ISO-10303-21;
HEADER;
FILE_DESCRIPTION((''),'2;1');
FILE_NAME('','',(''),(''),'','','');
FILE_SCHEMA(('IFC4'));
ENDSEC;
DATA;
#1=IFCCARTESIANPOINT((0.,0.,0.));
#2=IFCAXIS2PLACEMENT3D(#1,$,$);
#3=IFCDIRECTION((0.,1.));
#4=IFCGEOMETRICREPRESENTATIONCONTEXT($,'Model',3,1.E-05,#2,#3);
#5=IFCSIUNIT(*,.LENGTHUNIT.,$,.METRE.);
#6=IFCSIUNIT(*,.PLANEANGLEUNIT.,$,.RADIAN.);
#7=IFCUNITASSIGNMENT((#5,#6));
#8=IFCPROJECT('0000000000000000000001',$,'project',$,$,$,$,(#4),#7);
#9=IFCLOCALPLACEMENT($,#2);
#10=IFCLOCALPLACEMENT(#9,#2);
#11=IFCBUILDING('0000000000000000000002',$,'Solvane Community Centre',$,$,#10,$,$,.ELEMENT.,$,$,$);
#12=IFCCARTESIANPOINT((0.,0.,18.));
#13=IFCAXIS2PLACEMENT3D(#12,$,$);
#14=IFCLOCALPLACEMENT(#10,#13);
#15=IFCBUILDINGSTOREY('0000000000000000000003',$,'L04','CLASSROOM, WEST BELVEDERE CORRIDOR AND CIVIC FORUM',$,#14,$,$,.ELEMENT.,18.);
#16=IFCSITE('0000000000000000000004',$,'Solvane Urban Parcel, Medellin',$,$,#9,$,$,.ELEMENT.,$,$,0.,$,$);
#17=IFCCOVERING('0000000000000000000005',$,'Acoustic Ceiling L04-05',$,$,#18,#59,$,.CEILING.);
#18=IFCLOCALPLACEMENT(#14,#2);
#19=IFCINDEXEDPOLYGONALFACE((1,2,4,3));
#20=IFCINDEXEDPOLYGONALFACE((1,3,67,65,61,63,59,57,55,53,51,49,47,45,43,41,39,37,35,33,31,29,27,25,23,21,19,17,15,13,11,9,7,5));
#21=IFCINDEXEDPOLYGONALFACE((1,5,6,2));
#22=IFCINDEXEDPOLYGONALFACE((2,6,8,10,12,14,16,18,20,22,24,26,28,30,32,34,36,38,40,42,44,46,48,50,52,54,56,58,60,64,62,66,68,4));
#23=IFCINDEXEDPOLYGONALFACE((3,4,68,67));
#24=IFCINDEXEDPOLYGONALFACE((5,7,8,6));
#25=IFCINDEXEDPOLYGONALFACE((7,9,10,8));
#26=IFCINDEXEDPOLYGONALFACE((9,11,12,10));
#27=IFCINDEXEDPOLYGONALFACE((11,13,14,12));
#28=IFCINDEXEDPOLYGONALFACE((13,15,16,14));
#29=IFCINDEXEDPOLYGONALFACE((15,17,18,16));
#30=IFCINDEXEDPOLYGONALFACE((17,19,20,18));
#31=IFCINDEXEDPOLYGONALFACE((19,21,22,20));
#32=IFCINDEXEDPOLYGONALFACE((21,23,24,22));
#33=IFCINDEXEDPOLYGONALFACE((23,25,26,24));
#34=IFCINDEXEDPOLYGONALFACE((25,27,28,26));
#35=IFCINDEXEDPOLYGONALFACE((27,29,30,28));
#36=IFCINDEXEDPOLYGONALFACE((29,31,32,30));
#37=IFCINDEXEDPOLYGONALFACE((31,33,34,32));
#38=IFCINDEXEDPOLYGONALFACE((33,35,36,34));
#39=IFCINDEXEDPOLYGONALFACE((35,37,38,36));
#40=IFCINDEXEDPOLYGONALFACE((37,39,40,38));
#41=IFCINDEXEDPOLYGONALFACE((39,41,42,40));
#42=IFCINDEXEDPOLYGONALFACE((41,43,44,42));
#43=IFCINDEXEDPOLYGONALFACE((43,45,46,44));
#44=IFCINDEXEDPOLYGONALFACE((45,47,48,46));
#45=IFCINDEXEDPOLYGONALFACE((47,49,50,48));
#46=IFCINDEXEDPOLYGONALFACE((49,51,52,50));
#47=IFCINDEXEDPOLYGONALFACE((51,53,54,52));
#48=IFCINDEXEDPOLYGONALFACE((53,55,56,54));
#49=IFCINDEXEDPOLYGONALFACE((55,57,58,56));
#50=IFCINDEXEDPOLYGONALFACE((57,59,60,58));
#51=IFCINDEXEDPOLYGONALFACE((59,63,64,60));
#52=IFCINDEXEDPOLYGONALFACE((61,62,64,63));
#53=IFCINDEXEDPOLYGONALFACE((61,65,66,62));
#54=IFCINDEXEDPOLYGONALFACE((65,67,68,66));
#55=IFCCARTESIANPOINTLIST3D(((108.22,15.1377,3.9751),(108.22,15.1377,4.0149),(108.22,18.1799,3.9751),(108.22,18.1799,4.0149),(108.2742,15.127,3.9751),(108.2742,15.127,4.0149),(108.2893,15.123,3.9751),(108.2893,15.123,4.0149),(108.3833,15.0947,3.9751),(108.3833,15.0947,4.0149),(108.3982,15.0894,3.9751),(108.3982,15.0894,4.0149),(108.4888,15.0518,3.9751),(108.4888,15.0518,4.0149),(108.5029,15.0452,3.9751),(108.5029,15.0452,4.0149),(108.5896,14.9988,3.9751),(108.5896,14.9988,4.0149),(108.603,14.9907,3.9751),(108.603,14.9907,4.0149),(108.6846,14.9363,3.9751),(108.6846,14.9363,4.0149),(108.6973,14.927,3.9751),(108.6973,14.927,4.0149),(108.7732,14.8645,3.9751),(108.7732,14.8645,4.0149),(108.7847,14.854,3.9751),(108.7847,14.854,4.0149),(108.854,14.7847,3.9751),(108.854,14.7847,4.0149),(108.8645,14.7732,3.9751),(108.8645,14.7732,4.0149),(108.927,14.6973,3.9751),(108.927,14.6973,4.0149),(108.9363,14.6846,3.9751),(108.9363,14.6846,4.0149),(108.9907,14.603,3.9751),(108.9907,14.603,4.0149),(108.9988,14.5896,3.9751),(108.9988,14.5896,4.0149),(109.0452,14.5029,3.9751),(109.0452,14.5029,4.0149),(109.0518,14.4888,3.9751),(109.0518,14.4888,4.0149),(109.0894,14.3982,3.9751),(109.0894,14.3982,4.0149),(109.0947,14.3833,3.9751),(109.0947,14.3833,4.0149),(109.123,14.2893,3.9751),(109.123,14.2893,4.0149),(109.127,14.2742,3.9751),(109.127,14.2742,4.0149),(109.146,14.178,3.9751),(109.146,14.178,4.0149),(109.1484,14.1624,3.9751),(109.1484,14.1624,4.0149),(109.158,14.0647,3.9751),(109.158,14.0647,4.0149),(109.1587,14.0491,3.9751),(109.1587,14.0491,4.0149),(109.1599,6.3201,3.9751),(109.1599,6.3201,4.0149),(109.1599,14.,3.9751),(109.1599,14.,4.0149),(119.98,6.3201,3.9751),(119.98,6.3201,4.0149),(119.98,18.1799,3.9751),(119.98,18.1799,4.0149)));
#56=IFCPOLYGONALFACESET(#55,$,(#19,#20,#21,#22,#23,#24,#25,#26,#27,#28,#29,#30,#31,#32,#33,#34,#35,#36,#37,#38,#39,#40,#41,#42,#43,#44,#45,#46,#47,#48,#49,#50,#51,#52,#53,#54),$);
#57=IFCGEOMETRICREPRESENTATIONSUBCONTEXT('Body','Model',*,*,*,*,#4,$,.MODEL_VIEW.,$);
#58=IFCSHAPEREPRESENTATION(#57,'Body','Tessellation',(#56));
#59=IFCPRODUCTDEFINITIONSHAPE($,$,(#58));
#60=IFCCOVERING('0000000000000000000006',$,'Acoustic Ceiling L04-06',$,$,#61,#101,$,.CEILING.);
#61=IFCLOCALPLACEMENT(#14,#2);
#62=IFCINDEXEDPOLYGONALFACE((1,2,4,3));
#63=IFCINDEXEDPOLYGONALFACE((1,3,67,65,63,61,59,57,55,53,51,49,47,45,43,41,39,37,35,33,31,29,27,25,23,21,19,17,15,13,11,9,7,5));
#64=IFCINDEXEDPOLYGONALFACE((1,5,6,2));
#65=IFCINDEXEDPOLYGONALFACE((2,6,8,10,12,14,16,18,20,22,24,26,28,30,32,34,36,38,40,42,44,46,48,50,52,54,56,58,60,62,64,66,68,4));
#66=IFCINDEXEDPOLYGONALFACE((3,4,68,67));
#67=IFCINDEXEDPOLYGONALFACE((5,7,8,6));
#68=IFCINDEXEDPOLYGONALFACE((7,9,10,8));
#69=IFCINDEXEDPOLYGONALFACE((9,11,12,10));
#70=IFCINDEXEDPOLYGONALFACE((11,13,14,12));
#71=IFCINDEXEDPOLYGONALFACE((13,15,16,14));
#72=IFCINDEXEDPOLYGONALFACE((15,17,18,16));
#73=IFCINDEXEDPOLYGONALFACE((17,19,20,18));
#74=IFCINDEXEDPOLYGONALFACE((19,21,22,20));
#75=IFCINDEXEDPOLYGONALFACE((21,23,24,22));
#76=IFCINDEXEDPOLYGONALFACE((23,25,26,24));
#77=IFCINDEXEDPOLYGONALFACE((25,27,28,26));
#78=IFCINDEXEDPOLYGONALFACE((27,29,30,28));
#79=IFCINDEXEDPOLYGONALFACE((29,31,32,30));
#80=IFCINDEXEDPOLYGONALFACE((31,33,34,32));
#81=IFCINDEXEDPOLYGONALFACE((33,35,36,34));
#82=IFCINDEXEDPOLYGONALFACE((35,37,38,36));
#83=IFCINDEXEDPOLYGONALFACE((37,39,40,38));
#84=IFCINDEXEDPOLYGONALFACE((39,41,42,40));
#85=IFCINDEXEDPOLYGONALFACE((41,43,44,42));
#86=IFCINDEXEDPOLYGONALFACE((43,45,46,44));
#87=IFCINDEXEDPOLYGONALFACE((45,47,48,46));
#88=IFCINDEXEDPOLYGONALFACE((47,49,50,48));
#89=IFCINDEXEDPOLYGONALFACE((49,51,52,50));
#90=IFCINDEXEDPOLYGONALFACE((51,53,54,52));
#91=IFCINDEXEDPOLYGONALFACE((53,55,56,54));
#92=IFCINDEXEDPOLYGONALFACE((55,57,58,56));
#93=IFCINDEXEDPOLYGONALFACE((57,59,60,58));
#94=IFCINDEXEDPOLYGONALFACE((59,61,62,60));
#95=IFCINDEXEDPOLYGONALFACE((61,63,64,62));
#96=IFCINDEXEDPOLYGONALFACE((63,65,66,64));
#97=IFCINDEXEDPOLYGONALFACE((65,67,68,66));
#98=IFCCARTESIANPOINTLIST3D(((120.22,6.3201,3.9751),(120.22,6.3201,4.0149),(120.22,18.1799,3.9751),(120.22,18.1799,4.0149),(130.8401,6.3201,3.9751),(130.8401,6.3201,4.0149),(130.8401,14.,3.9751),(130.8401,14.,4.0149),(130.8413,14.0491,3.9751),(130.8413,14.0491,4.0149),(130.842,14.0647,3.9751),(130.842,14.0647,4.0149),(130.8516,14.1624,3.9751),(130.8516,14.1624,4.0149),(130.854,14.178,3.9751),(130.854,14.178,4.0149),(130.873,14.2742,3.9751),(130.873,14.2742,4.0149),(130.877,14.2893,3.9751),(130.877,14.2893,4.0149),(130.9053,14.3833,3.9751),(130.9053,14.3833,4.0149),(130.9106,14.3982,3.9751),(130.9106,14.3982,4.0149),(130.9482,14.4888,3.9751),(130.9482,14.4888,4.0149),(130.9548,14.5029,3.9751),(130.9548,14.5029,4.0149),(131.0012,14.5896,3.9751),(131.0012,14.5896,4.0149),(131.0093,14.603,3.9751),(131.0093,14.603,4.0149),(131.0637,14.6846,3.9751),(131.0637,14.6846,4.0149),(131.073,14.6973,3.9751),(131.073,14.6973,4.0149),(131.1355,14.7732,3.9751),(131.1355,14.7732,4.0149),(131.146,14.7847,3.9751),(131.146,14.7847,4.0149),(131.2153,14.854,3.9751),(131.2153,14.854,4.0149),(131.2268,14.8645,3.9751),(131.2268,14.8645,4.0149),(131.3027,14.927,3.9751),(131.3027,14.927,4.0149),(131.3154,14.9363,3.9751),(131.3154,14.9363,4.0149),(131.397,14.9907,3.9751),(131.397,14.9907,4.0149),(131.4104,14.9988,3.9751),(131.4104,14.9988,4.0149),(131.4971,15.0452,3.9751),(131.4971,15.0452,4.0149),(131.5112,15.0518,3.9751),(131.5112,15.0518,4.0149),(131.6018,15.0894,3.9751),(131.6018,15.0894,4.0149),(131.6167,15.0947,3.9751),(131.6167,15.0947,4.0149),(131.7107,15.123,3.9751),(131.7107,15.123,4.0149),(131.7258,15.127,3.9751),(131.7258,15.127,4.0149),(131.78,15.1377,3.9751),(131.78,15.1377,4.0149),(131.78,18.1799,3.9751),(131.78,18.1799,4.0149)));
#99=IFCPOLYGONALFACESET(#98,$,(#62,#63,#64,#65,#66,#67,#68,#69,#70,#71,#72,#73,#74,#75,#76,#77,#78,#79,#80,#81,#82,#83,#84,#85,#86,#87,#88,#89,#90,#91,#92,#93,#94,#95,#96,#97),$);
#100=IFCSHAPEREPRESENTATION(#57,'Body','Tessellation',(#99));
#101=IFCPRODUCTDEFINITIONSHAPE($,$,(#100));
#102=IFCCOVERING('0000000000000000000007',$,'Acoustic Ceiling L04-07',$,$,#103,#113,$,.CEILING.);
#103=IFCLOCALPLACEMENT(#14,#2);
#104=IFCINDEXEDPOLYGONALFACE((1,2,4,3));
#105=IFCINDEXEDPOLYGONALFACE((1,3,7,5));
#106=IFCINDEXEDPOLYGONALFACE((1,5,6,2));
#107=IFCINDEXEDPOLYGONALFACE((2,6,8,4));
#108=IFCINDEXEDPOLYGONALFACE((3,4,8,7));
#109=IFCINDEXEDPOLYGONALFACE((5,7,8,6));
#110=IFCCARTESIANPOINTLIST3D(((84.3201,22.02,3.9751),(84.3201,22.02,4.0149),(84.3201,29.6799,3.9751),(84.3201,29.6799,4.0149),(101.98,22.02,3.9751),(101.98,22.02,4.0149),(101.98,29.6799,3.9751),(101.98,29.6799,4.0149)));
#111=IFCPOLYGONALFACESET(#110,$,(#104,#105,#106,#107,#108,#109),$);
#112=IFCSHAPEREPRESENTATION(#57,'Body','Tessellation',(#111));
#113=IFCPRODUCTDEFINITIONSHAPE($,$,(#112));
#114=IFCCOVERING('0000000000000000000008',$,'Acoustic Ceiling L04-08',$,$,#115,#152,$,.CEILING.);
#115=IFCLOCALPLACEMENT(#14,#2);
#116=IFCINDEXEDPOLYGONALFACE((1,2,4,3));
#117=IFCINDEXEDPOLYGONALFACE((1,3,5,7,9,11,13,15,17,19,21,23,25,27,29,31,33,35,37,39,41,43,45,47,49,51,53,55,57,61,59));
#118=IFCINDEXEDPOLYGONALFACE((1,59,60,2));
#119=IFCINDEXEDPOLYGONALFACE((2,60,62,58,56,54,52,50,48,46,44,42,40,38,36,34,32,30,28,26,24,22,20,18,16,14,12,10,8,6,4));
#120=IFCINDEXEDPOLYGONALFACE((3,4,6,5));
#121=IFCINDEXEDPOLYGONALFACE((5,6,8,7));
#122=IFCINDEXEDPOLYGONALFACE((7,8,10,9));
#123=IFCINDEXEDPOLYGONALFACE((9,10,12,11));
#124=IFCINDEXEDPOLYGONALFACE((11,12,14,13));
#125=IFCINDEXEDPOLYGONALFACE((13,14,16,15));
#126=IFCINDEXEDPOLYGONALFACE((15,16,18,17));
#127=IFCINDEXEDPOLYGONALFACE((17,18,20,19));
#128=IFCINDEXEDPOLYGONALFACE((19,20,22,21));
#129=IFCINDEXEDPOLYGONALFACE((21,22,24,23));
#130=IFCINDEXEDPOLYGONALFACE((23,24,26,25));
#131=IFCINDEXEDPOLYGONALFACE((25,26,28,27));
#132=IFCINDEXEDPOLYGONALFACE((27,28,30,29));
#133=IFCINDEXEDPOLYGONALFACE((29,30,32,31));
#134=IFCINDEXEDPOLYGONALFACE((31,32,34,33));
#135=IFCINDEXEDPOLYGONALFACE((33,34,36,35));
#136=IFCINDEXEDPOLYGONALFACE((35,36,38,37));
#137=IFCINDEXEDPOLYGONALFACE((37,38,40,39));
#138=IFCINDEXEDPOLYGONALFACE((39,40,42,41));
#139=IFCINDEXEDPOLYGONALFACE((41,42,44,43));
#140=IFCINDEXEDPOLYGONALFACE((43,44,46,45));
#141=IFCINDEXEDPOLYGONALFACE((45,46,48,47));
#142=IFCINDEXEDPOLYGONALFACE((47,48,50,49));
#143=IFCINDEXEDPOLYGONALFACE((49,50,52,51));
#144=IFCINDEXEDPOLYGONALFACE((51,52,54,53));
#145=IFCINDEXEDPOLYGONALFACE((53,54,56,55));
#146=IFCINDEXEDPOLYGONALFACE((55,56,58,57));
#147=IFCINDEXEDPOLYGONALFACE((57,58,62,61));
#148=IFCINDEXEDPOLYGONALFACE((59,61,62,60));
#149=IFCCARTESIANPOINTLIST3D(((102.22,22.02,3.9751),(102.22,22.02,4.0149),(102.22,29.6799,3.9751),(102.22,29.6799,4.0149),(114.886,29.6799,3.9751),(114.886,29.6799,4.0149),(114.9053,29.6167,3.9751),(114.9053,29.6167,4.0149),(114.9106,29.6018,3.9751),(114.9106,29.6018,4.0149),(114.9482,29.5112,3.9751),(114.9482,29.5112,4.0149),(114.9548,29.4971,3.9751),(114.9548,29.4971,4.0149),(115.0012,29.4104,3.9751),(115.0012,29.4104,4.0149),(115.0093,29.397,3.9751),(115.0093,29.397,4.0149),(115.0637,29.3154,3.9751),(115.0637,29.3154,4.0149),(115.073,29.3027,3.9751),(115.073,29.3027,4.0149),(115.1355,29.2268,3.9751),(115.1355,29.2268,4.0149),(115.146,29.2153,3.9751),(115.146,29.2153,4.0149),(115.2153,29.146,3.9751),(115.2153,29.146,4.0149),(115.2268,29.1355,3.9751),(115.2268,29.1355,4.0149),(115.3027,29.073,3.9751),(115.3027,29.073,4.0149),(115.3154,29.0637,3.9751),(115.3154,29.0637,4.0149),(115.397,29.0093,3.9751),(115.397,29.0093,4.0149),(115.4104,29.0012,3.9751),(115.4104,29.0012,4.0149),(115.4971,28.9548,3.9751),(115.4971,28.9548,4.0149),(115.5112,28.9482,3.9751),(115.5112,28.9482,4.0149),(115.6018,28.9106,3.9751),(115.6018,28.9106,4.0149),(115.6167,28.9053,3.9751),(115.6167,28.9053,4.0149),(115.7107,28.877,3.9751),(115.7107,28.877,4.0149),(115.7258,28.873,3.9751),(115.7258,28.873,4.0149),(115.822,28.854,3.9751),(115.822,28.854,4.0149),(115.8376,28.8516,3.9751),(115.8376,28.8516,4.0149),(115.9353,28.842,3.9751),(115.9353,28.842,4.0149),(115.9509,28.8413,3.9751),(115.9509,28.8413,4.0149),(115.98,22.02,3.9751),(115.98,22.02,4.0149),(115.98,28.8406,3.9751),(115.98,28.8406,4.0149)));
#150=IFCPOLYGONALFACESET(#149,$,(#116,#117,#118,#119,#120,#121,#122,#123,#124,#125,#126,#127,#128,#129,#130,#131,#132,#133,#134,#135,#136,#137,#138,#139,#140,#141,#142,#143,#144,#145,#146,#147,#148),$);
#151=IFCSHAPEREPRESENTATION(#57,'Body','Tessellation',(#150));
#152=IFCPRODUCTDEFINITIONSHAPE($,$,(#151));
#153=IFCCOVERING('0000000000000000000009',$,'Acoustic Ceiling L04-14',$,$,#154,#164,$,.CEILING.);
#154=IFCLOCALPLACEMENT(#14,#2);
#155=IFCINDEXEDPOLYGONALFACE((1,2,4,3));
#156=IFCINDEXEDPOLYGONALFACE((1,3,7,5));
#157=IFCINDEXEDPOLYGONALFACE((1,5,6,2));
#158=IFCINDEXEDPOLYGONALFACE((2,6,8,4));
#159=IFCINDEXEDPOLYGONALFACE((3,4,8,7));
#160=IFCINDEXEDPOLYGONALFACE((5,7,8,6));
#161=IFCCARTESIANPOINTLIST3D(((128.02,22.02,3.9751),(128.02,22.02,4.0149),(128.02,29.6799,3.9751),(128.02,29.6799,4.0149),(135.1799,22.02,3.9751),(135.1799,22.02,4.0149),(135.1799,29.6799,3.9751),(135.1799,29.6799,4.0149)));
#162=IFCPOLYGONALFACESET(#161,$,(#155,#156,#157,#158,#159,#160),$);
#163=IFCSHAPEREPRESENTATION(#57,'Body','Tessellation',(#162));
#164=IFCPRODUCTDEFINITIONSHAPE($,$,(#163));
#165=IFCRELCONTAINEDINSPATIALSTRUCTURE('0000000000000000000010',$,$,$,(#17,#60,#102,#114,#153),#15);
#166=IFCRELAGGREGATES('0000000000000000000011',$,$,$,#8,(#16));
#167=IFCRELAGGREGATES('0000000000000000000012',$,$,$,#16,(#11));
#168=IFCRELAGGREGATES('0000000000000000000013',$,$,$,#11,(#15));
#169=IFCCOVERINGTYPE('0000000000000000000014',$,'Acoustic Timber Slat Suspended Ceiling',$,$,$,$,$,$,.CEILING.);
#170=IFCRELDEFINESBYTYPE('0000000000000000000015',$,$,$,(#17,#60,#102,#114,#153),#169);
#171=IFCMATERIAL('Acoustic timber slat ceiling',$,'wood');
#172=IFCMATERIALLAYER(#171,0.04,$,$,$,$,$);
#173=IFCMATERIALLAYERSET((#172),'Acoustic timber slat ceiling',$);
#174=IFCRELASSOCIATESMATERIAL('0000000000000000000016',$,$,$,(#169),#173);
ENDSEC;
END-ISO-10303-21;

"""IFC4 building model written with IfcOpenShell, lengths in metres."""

from ifc_helpers import new_model, si_unit, direction, frame, origin, place, context, subcontext, project, spatial, polyline, outline, extrude, material, layer, layer_set, type_object, element, save


model = new_model("IFC4")

# Units and contexts
model_context = context("Model", 3, precision=1e-05, world=origin(), true_north=direction((0.0, 1.0)))
body_context = subcontext(model_context, "Body", "Model", "MODEL_VIEW")
ifc_project = project(units=[si_unit("LENGTHUNIT", "METRE"), si_unit("PLANEANGLEUNIT", "RADIAN")], contexts=[model_context])

# Site, building, storey
site_placement = place(None, origin())
site = spatial("IfcSite", under=ifc_project, at=site_placement, Name="Solvane Urban Parcel, Medellin", CompositionType="ELEMENT", RefElevation=0.0)
building_placement = place(site_placement, origin())
building = spatial("IfcBuilding", under=site, at=building_placement, Name="Solvane Community Centre", CompositionType="ELEMENT")
storey_placement = place(building_placement, frame((0.0, 0.0, 18.0)))
storey = spatial("IfcBuildingStorey", under=building, at=storey_placement, Name="L04", Description="CLASSROOM, WEST BELVEDERE CORRIDOR AND CIVIC FORUM", CompositionType="ELEMENT", Elevation=18.0)

# Coverings
ifc_material_1 = material(Name="Acoustic timber slat ceiling", Category="wood")
ifc_layer_1 = layer(ifc_material_1, 0.04)
ifc_layer_set_1 = layer_set([ifc_layer_1], Name="Acoustic timber slat ceiling")
covering_type = type_object("IfcCoveringType", Name="Acoustic Timber Slat Suspended Ceiling", PredefinedType="CEILING", material=ifc_layer_set_1)
covering_1_placement = place(storey_placement, frame((0.0, 0.0, 3.9751)))
element("IfcCovering", 1, at=covering_1_placement, inside=storey, type_object=covering_type, Name="Acoustic Ceiling L04-05", PredefinedType="CEILING", context=body_context, shape_type="SweptSolid", body=[
    extrude(outline(polyline([(108.22, 18.1799), (119.98, 18.1799), (119.98, 6.3201), (109.1599, 6.3201), (109.1599, 14.0), (109.1587, 14.0491), (109.158, 14.0647), (109.1484, 14.1624), (109.146, 14.178), (109.127, 14.2742), (109.123, 14.2893), (109.0947, 14.3833), (109.0894, 14.3982), (109.0518, 14.4888), (109.0452, 14.5029), (108.9988, 14.5896), (108.9907, 14.603), (108.9363, 14.6846), (108.927, 14.6973), (108.8645, 14.7732), (108.854, 14.7847), (108.7847, 14.854), (108.7732, 14.8645), (108.6973, 14.927), (108.6846, 14.9363), (108.603, 14.9907), (108.5896, 14.9988), (108.5029, 15.0452), (108.4888, 15.0518), (108.3982, 15.0894), (108.3833, 15.0947), (108.2893, 15.123), (108.2742, 15.127), (108.22, 15.1377), (108.22, 18.1799)])), origin(), (0.0, 0.0, 1.0), 0.0398),
])
covering_2_placement = place(storey_placement, frame((0.0, 0.0, 3.9751)))
element("IfcCovering", 2, at=covering_2_placement, inside=storey, type_object=covering_type, Name="Acoustic Ceiling L04-06", PredefinedType="CEILING", context=body_context, shape_type="SweptSolid", body=[
    extrude(outline(polyline([(120.22, 6.3201), (120.22, 18.1799), (131.78, 18.1799), (131.78, 15.1377), (131.7258, 15.127), (131.7107, 15.123), (131.6167, 15.0947), (131.6018, 15.0894), (131.5112, 15.0518), (131.4971, 15.0452), (131.4104, 14.9988), (131.397, 14.9907), (131.3154, 14.9363), (131.3027, 14.927), (131.2268, 14.8645), (131.2153, 14.854), (131.146, 14.7847), (131.1355, 14.7732), (131.073, 14.6973), (131.0637, 14.6846), (131.0093, 14.603), (131.0012, 14.5896), (130.9548, 14.5029), (130.9482, 14.4888), (130.9106, 14.3982), (130.9053, 14.3833), (130.877, 14.2893), (130.873, 14.2742), (130.854, 14.178), (130.8516, 14.1624), (130.842, 14.0647), (130.8413, 14.0491), (130.8401, 14.0), (130.8401, 6.3201), (120.22, 6.3201)])), origin(), (0.0, 0.0, 1.0), 0.0398),
])
covering_3_placement = place(storey_placement, frame((0.0, 0.0, 3.9751)))
element("IfcCovering", 3, at=covering_3_placement, inside=storey, type_object=covering_type, Name="Acoustic Ceiling L04-07", PredefinedType="CEILING", context=body_context, shape_type="SweptSolid", body=[
    extrude(outline(polyline([(84.3201, 22.02), (84.3201, 29.6799), (101.98, 29.6799), (101.98, 22.02), (84.3201, 22.02)])), origin(), (0.0, 0.0, 1.0), 0.0398),
])
covering_4_placement = place(storey_placement, frame((0.0, 0.0, 3.9751)))
element("IfcCovering", 4, at=covering_4_placement, inside=storey, type_object=covering_type, Name="Acoustic Ceiling L04-08", PredefinedType="CEILING", context=body_context, shape_type="SweptSolid", body=[
    extrude(outline(polyline([(115.98, 22.02), (102.22, 22.02), (102.22, 29.6799), (114.886, 29.6799), (114.9053, 29.6167), (114.9106, 29.6018), (114.9482, 29.5112), (114.9548, 29.4971), (115.0012, 29.4104), (115.0093, 29.397), (115.0637, 29.3154), (115.073, 29.3027), (115.1355, 29.2268), (115.146, 29.2153), (115.2153, 29.146), (115.2268, 29.1355), (115.3027, 29.073), (115.3154, 29.0637), (115.397, 29.0093), (115.4104, 29.0012), (115.4971, 28.9548), (115.5112, 28.9482), (115.6018, 28.9106), (115.6167, 28.9053), (115.7107, 28.877), (115.7258, 28.873), (115.822, 28.854), (115.8376, 28.8516), (115.9353, 28.842), (115.9509, 28.8413), (115.98, 28.8406), (115.98, 22.02)])), origin(), (0.0, 0.0, 1.0), 0.0398),
])
covering_5_placement = place(storey_placement, frame((0.0, 0.0, 3.9751)))
element("IfcCovering", 5, at=covering_5_placement, inside=storey, type_object=covering_type, Name="Acoustic Ceiling L04-14", PredefinedType="CEILING", context=body_context, shape_type="SweptSolid", body=[
    extrude(outline(polyline([(128.02, 22.02), (128.02, 29.6799), (135.1799, 29.6799), (135.1799, 22.02), (128.02, 22.02)])), origin(), (0.0, 0.0, 1.0), 0.0398),
])

save(model, "model.ifc")
